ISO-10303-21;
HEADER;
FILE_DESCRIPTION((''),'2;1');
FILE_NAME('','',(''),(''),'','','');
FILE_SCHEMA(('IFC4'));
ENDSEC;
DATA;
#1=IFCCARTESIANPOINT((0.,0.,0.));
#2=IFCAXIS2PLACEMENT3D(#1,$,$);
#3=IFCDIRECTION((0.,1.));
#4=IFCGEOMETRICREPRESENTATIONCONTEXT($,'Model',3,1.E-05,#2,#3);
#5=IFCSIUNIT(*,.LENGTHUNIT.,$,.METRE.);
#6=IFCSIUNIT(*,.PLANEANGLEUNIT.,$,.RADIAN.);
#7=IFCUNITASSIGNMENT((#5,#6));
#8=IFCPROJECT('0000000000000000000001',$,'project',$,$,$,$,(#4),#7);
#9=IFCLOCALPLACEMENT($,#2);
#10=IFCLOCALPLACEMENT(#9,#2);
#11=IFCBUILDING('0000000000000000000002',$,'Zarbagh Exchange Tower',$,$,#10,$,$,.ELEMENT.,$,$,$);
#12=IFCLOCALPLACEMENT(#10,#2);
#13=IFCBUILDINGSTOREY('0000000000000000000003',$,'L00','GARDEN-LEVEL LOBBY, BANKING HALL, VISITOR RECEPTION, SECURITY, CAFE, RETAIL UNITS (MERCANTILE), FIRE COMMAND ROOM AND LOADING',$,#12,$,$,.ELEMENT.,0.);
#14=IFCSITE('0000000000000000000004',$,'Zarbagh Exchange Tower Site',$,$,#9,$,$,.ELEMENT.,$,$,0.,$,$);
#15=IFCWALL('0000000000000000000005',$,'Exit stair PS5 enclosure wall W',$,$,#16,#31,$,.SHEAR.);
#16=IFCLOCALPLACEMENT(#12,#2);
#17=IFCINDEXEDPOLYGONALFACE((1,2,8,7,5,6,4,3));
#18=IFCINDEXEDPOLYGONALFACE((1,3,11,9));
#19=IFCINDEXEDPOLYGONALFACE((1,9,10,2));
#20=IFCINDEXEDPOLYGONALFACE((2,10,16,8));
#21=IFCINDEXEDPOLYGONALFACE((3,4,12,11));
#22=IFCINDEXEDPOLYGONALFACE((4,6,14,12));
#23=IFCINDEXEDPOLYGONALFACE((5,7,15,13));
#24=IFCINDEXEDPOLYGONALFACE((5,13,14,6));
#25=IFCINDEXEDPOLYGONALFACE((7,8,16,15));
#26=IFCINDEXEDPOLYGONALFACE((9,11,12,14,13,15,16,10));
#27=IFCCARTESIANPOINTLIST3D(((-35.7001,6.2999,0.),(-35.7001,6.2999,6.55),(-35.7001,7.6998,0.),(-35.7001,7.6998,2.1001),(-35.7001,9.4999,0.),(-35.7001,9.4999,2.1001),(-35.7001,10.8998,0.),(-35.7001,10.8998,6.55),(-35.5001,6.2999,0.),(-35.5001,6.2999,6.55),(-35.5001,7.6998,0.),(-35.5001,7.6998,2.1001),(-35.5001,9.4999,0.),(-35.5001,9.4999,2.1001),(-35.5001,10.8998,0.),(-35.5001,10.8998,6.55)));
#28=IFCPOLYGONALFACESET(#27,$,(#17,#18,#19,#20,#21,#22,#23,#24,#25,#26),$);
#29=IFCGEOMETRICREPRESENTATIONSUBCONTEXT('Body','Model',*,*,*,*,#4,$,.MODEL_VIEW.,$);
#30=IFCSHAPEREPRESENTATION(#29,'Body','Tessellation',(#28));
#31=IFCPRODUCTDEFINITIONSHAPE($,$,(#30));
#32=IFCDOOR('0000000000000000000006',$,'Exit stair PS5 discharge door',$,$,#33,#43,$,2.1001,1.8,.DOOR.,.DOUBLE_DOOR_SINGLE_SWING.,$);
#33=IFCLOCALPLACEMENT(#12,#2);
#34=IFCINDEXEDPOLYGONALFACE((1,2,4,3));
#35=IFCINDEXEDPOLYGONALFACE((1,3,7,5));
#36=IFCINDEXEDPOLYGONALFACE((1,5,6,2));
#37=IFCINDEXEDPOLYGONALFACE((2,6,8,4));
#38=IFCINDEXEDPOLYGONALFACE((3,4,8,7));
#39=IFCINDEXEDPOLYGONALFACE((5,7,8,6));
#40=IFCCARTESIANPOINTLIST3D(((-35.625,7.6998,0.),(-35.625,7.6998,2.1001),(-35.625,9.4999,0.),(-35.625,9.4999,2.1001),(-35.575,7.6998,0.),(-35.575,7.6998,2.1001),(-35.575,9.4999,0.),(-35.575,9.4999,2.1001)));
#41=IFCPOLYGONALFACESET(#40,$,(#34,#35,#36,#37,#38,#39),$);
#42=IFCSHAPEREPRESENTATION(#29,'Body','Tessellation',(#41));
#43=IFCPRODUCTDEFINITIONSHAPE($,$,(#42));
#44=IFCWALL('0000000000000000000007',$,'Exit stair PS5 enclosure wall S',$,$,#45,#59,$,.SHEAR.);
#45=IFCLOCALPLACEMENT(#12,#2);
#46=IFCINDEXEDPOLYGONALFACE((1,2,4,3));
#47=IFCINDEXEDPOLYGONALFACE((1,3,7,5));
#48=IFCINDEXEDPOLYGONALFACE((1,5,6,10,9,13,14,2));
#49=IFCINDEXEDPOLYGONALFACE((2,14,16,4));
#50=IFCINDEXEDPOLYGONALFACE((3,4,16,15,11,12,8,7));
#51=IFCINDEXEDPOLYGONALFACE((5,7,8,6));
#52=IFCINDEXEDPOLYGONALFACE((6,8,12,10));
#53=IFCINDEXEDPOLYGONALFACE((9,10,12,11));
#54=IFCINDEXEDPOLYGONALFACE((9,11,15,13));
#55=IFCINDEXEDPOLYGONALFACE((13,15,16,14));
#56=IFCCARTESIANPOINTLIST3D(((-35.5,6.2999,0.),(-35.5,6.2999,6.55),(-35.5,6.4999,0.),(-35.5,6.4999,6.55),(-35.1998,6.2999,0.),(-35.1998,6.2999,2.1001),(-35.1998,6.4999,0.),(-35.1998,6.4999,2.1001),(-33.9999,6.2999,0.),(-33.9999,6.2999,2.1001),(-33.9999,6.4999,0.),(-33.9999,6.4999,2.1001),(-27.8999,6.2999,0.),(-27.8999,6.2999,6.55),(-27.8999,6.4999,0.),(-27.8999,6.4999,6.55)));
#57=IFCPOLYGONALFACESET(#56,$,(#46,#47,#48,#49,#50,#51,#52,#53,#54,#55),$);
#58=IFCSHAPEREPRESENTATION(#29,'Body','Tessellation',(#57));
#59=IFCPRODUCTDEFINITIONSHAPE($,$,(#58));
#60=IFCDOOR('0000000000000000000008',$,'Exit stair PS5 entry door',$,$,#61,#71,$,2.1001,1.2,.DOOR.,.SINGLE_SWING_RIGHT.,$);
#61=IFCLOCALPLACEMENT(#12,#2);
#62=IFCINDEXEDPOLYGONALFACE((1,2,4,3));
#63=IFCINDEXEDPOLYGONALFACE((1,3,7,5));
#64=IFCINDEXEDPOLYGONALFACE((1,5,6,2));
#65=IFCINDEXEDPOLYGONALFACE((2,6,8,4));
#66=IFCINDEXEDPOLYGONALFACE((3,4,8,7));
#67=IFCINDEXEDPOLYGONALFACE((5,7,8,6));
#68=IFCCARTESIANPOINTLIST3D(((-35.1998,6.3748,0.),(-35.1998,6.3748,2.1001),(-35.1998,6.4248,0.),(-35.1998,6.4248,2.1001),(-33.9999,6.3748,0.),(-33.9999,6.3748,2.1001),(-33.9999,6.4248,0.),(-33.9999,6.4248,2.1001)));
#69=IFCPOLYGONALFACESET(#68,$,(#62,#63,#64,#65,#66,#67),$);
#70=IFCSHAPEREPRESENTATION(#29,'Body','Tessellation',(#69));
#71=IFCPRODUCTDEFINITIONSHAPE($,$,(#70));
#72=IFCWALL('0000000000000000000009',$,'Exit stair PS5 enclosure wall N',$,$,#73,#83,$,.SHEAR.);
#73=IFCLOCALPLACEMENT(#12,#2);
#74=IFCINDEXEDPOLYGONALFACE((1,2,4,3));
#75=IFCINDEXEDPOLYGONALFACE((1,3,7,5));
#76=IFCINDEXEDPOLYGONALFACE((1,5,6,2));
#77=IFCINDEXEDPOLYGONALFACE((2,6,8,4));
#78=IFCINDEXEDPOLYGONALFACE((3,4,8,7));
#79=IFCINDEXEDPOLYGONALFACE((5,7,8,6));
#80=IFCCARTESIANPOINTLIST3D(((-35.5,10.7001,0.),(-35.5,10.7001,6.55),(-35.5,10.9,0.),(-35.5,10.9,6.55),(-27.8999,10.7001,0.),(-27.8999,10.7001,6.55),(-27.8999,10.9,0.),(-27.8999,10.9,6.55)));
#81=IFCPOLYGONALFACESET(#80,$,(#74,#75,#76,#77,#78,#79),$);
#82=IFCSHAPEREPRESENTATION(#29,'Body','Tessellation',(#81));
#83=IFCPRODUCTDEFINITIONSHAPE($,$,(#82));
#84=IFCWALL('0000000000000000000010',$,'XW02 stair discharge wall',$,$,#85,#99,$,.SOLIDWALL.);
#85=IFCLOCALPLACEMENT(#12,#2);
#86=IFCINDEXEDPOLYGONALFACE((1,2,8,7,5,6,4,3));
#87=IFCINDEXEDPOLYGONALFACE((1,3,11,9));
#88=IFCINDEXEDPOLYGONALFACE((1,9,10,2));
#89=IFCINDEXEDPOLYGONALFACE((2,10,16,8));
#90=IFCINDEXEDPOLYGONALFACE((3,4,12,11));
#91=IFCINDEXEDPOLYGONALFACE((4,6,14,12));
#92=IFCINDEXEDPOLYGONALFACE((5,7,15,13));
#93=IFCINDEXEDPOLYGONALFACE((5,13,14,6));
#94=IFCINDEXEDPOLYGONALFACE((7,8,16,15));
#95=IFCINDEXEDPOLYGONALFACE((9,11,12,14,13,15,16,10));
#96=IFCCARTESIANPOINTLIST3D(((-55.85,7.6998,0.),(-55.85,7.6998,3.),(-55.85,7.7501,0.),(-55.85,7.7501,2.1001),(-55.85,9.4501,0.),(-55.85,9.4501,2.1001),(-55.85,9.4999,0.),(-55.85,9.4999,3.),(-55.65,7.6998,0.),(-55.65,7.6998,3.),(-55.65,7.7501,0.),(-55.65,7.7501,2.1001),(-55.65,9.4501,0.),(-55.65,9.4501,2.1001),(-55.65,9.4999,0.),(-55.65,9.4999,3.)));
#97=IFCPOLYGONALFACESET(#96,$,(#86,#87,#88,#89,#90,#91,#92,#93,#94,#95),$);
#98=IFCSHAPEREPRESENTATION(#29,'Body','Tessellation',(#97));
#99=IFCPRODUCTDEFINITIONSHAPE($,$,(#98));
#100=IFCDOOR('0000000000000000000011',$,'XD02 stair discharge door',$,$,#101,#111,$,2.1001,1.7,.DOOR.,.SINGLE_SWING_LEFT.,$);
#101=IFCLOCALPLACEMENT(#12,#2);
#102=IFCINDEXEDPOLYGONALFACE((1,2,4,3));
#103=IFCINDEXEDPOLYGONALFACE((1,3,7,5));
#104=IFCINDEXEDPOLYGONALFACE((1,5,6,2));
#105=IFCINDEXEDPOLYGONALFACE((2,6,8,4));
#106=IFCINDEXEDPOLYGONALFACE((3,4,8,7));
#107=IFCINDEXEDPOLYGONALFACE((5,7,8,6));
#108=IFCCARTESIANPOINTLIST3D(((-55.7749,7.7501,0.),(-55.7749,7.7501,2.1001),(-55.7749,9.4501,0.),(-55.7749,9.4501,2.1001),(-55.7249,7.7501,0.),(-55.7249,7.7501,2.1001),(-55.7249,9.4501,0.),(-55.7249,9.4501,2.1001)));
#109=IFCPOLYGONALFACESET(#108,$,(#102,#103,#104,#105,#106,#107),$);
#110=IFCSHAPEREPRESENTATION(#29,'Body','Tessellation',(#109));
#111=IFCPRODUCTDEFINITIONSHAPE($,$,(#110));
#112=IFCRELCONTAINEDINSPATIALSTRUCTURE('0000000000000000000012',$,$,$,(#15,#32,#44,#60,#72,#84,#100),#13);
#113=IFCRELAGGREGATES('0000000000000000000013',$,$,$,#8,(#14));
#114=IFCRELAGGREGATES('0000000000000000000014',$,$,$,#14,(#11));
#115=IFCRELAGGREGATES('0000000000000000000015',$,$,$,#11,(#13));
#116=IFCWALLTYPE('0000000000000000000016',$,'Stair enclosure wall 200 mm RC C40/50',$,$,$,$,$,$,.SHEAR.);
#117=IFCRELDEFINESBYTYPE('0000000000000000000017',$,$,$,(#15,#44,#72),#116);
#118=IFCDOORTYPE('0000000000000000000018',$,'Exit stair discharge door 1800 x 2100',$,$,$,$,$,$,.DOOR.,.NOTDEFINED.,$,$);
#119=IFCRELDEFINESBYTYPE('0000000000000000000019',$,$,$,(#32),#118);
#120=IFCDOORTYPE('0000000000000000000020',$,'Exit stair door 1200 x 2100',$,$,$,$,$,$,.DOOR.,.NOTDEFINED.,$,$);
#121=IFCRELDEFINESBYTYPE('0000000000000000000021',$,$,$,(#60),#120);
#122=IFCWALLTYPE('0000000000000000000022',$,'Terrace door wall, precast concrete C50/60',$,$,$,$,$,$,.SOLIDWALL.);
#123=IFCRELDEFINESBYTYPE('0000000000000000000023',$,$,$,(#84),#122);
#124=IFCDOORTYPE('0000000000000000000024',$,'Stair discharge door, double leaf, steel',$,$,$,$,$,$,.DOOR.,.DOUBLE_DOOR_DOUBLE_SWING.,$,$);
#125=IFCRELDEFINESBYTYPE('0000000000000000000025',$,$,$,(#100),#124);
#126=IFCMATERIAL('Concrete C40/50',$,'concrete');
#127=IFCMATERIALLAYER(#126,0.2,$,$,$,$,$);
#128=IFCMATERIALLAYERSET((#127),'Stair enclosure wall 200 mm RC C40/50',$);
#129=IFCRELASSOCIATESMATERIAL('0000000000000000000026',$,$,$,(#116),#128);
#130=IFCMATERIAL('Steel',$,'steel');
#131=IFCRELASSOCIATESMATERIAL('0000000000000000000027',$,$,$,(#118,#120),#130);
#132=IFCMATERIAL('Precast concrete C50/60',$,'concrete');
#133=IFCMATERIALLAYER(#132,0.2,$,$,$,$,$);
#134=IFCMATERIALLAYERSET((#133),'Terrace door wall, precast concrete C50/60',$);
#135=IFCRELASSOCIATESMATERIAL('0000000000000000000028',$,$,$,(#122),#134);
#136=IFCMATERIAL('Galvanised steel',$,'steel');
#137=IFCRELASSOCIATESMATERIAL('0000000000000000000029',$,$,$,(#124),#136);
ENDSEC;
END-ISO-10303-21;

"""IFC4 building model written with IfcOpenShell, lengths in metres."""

from ifc_helpers import new_model, si_unit, direction, frame, frame_2d, origin, place, context, subcontext, project, spatial, rectangle, extrude, material, layer, layer_set, type_object, element, fill, save


model = new_model("IFC4")

# Units and contexts
model_context = context("Model", 3, precision=1e-05, world=origin(), true_north=direction((0.0, 1.0)))
body_context = subcontext(model_context, "Body", "Model", "MODEL_VIEW")
ifc_project = project(units=[si_unit("LENGTHUNIT", "METRE"), si_unit("PLANEANGLEUNIT", "RADIAN")], contexts=[model_context])

# Site, building, storey
site_placement = place(None, origin())
site = spatial("IfcSite", under=ifc_project, at=site_placement, Name="Zarbagh Exchange Tower Site", CompositionType="ELEMENT", RefElevation=0.0)
building_placement = place(site_placement, origin())
building = spatial("IfcBuilding", under=site, at=building_placement, Name="Zarbagh Exchange Tower", CompositionType="ELEMENT")
storey_placement = place(building_placement, origin())
storey = spatial("IfcBuildingStorey", under=building, at=storey_placement, Name="L00", Description="GARDEN-LEVEL LOBBY, BANKING HALL, VISITOR RECEPTION, SECURITY, CAFE, RETAIL UNITS (MERCANTILE), FIRE COMMAND ROOM AND LOADING", CompositionType="ELEMENT", Elevation=0.0)

# Shared definitions
ifc_material_1 = material(Name="Steel", Category="steel")

# Walls, openings, doors
ifc_material_2 = material(Name="Concrete C40/50", Category="concrete")
ifc_layer_1 = layer(ifc_material_2, 0.2)
ifc_layer_set_1 = layer_set([ifc_layer_1], Name="Stair enclosure wall 200 mm RC C40/50")
wall_type_1 = type_object("IfcWallType", Name="Stair enclosure wall 200 mm RC C40/50", PredefinedType="SHEAR", material=ifc_layer_set_1)
wall_1_placement = place(storey_placement, frame((-35.6001, 6.3, 0.0), z_axis=(0.0, 0.0, 1.0), x_axis=(0.0, 1.0, 0.0)))
wall_1 = element("IfcWall", 1, at=wall_1_placement, inside=storey, type_object=wall_type_1, Name="Exit stair PS5 enclosure wall W", PredefinedType="SHEAR", context=body_context, shape_type="SweptSolid", body=[
    extrude(rectangle(XDim=4.5999, YDim=0.2, at=frame_2d((2.2998, 0.0))), origin(), (0.0, 0.0, 1.0), 6.55),
])
opening_1_placement = place(wall_1_placement, frame((1.3999, 0.0, 0.0)))
opening_1 = element("IfcOpeningElement", 2, at=opening_1_placement, cuts=wall_1, PredefinedType="OPENING", context=body_context, shape_type="SweptSolid", body=[
    extrude(rectangle(XDim=1.8, YDim=2.1001, at=frame_2d((0.8999, 1.05))), frame((0.0, 0.1099, 0.0), z_axis=(0.0, -1.0, 0.0), x_axis=(1.0, 0.0, 0.0)), (0.0, 0.0, 1.0), 0.22),
])
door_type_1 = type_object("IfcDoorType", Name="Exit stair discharge door 1800 x 2100", OperationType="NOTDEFINED", PredefinedType="DOOR", material=ifc_material_1)
door_1_placement = place(opening_1_placement, origin())
door_1 = element("IfcDoor", 3, at=door_1_placement, inside=storey, type_object=door_type_1, Name="Exit stair PS5 discharge door", OperationType="DOUBLE_DOOR_SINGLE_SWING", OverallHeight=2.1001, OverallWidth=1.8, PredefinedType="DOOR", context=body_context, shape_type="SweptSolid", body=[
    extrude(rectangle(XDim=1.8, YDim=2.1001, at=frame_2d((0.8999, 1.05))), frame((0.0, 0.0249, 0.0), z_axis=(0.0, -1.0, 0.0), x_axis=(1.0, 0.0, 0.0)), (0.0, 0.0, 1.0), 0.05),
])
fill(opening_1, door_1)
wall_2_placement = place(storey_placement, frame((-35.5, 6.3999, 0.0), z_axis=(0.0, 0.0, 1.0), x_axis=(1.0, 0.0, 0.0)))
wall_2 = element("IfcWall", 4, at=wall_2_placement, inside=storey, type_object=wall_type_1, Name="Exit stair PS5 enclosure wall S", PredefinedType="SHEAR", context=body_context, shape_type="SweptSolid", body=[
    extrude(rectangle(XDim=7.6001, YDim=0.2, at=frame_2d((3.8, 0.0))), origin(), (0.0, 0.0, 1.0), 6.55),
])
opening_2_placement = place(wall_2_placement, frame((0.3, 0.0, 0.0)))
opening_2 = element("IfcOpeningElement", 5, at=opening_2_placement, cuts=wall_2, PredefinedType="OPENING", context=body_context, shape_type="SweptSolid", body=[
    extrude(rectangle(XDim=1.2, YDim=2.1001, at=frame_2d((0.6001, 1.05))), frame((0.0, 0.1099, 0.0), z_axis=(0.0, -1.0, 0.0), x_axis=(1.0, 0.0, 0.0)), (0.0, 0.0, 1.0), 0.22),
])
door_type_2 = type_object("IfcDoorType", Name="Exit stair door 1200 x 2100", OperationType="NOTDEFINED", PredefinedType="DOOR", material=ifc_material_1)
door_2_placement = place(opening_2_placement, origin())
door_2 = element("IfcDoor", 6, at=door_2_placement, inside=storey, type_object=door_type_2, Name="Exit stair PS5 entry door", OperationType="SINGLE_SWING_RIGHT", OverallHeight=2.1001, OverallWidth=1.2, PredefinedType="DOOR", context=body_context, shape_type="SweptSolid", body=[
    extrude(rectangle(XDim=1.2, YDim=2.1001, at=frame_2d((0.6001, 1.05))), frame((0.0, 0.0249, 0.0), z_axis=(0.0, -1.0, 0.0), x_axis=(1.0, 0.0, 0.0)), (0.0, 0.0, 1.0), 0.05),
])
fill(opening_2, door_2)

# Wall
wall_3_placement = place(storey_placement, frame((-35.5, 10.8, 0.0), z_axis=(0.0, 0.0, 1.0), x_axis=(1.0, 0.0, 0.0)))
element("IfcWall", 7, at=wall_3_placement, inside=storey, type_object=wall_type_1, Name="Exit stair PS5 enclosure wall N", PredefinedType="SHEAR", context=body_context, shape_type="SweptSolid", body=[
    extrude(rectangle(XDim=7.6001, YDim=0.2, at=frame_2d((3.8, 0.0))), origin(), (0.0, 0.0, 1.0), 6.55),
])

# Wall, opening, door
ifc_material_3 = material(Name="Precast concrete C50/60", Category="concrete")
ifc_layer_2 = layer(ifc_material_3, 0.2)
ifc_layer_set_2 = layer_set([ifc_layer_2], Name="Terrace door wall, precast concrete C50/60")
wall_type_2 = type_object("IfcWallType", Name="Terrace door wall, precast concrete C50/60", PredefinedType="SOLIDWALL", material=ifc_layer_set_2)
wall_4_placement = place(storey_placement, frame((-55.75, 7.7, 0.0), z_axis=(0.0, 0.0, 1.0), x_axis=(0.0, 1.0, 0.0)))
wall_4 = element("IfcWall", 8, at=wall_4_placement, inside=storey, type_object=wall_type_2, Name="XW02 stair discharge wall", PredefinedType="SOLIDWALL", context=body_context, shape_type="SweptSolid", body=[
    extrude(rectangle(XDim=1.8, YDim=0.2, at=frame_2d((0.8999, 0.0))), origin(), (0.0, 0.0, 1.0), 3.0),
])
opening_3_placement = place(wall_4_placement, frame((0.05, 0.0, 0.0)))
opening_3 = element("IfcOpeningElement", 9, at=opening_3_placement, cuts=wall_4, PredefinedType="OPENING", context=body_context, shape_type="SweptSolid", body=[
    extrude(rectangle(XDim=1.7, YDim=2.1001, at=frame_2d((0.8501, 1.05))), frame((0.0, 0.1099, 0.0), z_axis=(0.0, -1.0, 0.0), x_axis=(1.0, 0.0, 0.0)), (0.0, 0.0, 1.0), 0.22),
])
ifc_material_4 = material(Name="Galvanised steel", Category="steel")
door_type_3 = type_object("IfcDoorType", Name="Stair discharge door, double leaf, steel", OperationType="DOUBLE_DOOR_DOUBLE_SWING", PredefinedType="DOOR", material=ifc_material_4)
door_3_placement = place(opening_3_placement, origin())
door_3 = element("IfcDoor", 10, at=door_3_placement, inside=storey, type_object=door_type_3, Name="XD02 stair discharge door", OperationType="SINGLE_SWING_LEFT", OverallHeight=2.1001, OverallWidth=1.7, PredefinedType="DOOR", context=body_context, shape_type="SweptSolid", body=[
    extrude(rectangle(XDim=1.7, YDim=2.1001, at=frame_2d((0.8501, 1.05))), frame((0.0, 0.0249, 0.0), z_axis=(0.0, -1.0, 0.0), x_axis=(1.0, 0.0, 0.0)), (0.0, 0.0, 1.0), 0.05),
])
fill(opening_3, door_3)

save(model, "model.ifc")
